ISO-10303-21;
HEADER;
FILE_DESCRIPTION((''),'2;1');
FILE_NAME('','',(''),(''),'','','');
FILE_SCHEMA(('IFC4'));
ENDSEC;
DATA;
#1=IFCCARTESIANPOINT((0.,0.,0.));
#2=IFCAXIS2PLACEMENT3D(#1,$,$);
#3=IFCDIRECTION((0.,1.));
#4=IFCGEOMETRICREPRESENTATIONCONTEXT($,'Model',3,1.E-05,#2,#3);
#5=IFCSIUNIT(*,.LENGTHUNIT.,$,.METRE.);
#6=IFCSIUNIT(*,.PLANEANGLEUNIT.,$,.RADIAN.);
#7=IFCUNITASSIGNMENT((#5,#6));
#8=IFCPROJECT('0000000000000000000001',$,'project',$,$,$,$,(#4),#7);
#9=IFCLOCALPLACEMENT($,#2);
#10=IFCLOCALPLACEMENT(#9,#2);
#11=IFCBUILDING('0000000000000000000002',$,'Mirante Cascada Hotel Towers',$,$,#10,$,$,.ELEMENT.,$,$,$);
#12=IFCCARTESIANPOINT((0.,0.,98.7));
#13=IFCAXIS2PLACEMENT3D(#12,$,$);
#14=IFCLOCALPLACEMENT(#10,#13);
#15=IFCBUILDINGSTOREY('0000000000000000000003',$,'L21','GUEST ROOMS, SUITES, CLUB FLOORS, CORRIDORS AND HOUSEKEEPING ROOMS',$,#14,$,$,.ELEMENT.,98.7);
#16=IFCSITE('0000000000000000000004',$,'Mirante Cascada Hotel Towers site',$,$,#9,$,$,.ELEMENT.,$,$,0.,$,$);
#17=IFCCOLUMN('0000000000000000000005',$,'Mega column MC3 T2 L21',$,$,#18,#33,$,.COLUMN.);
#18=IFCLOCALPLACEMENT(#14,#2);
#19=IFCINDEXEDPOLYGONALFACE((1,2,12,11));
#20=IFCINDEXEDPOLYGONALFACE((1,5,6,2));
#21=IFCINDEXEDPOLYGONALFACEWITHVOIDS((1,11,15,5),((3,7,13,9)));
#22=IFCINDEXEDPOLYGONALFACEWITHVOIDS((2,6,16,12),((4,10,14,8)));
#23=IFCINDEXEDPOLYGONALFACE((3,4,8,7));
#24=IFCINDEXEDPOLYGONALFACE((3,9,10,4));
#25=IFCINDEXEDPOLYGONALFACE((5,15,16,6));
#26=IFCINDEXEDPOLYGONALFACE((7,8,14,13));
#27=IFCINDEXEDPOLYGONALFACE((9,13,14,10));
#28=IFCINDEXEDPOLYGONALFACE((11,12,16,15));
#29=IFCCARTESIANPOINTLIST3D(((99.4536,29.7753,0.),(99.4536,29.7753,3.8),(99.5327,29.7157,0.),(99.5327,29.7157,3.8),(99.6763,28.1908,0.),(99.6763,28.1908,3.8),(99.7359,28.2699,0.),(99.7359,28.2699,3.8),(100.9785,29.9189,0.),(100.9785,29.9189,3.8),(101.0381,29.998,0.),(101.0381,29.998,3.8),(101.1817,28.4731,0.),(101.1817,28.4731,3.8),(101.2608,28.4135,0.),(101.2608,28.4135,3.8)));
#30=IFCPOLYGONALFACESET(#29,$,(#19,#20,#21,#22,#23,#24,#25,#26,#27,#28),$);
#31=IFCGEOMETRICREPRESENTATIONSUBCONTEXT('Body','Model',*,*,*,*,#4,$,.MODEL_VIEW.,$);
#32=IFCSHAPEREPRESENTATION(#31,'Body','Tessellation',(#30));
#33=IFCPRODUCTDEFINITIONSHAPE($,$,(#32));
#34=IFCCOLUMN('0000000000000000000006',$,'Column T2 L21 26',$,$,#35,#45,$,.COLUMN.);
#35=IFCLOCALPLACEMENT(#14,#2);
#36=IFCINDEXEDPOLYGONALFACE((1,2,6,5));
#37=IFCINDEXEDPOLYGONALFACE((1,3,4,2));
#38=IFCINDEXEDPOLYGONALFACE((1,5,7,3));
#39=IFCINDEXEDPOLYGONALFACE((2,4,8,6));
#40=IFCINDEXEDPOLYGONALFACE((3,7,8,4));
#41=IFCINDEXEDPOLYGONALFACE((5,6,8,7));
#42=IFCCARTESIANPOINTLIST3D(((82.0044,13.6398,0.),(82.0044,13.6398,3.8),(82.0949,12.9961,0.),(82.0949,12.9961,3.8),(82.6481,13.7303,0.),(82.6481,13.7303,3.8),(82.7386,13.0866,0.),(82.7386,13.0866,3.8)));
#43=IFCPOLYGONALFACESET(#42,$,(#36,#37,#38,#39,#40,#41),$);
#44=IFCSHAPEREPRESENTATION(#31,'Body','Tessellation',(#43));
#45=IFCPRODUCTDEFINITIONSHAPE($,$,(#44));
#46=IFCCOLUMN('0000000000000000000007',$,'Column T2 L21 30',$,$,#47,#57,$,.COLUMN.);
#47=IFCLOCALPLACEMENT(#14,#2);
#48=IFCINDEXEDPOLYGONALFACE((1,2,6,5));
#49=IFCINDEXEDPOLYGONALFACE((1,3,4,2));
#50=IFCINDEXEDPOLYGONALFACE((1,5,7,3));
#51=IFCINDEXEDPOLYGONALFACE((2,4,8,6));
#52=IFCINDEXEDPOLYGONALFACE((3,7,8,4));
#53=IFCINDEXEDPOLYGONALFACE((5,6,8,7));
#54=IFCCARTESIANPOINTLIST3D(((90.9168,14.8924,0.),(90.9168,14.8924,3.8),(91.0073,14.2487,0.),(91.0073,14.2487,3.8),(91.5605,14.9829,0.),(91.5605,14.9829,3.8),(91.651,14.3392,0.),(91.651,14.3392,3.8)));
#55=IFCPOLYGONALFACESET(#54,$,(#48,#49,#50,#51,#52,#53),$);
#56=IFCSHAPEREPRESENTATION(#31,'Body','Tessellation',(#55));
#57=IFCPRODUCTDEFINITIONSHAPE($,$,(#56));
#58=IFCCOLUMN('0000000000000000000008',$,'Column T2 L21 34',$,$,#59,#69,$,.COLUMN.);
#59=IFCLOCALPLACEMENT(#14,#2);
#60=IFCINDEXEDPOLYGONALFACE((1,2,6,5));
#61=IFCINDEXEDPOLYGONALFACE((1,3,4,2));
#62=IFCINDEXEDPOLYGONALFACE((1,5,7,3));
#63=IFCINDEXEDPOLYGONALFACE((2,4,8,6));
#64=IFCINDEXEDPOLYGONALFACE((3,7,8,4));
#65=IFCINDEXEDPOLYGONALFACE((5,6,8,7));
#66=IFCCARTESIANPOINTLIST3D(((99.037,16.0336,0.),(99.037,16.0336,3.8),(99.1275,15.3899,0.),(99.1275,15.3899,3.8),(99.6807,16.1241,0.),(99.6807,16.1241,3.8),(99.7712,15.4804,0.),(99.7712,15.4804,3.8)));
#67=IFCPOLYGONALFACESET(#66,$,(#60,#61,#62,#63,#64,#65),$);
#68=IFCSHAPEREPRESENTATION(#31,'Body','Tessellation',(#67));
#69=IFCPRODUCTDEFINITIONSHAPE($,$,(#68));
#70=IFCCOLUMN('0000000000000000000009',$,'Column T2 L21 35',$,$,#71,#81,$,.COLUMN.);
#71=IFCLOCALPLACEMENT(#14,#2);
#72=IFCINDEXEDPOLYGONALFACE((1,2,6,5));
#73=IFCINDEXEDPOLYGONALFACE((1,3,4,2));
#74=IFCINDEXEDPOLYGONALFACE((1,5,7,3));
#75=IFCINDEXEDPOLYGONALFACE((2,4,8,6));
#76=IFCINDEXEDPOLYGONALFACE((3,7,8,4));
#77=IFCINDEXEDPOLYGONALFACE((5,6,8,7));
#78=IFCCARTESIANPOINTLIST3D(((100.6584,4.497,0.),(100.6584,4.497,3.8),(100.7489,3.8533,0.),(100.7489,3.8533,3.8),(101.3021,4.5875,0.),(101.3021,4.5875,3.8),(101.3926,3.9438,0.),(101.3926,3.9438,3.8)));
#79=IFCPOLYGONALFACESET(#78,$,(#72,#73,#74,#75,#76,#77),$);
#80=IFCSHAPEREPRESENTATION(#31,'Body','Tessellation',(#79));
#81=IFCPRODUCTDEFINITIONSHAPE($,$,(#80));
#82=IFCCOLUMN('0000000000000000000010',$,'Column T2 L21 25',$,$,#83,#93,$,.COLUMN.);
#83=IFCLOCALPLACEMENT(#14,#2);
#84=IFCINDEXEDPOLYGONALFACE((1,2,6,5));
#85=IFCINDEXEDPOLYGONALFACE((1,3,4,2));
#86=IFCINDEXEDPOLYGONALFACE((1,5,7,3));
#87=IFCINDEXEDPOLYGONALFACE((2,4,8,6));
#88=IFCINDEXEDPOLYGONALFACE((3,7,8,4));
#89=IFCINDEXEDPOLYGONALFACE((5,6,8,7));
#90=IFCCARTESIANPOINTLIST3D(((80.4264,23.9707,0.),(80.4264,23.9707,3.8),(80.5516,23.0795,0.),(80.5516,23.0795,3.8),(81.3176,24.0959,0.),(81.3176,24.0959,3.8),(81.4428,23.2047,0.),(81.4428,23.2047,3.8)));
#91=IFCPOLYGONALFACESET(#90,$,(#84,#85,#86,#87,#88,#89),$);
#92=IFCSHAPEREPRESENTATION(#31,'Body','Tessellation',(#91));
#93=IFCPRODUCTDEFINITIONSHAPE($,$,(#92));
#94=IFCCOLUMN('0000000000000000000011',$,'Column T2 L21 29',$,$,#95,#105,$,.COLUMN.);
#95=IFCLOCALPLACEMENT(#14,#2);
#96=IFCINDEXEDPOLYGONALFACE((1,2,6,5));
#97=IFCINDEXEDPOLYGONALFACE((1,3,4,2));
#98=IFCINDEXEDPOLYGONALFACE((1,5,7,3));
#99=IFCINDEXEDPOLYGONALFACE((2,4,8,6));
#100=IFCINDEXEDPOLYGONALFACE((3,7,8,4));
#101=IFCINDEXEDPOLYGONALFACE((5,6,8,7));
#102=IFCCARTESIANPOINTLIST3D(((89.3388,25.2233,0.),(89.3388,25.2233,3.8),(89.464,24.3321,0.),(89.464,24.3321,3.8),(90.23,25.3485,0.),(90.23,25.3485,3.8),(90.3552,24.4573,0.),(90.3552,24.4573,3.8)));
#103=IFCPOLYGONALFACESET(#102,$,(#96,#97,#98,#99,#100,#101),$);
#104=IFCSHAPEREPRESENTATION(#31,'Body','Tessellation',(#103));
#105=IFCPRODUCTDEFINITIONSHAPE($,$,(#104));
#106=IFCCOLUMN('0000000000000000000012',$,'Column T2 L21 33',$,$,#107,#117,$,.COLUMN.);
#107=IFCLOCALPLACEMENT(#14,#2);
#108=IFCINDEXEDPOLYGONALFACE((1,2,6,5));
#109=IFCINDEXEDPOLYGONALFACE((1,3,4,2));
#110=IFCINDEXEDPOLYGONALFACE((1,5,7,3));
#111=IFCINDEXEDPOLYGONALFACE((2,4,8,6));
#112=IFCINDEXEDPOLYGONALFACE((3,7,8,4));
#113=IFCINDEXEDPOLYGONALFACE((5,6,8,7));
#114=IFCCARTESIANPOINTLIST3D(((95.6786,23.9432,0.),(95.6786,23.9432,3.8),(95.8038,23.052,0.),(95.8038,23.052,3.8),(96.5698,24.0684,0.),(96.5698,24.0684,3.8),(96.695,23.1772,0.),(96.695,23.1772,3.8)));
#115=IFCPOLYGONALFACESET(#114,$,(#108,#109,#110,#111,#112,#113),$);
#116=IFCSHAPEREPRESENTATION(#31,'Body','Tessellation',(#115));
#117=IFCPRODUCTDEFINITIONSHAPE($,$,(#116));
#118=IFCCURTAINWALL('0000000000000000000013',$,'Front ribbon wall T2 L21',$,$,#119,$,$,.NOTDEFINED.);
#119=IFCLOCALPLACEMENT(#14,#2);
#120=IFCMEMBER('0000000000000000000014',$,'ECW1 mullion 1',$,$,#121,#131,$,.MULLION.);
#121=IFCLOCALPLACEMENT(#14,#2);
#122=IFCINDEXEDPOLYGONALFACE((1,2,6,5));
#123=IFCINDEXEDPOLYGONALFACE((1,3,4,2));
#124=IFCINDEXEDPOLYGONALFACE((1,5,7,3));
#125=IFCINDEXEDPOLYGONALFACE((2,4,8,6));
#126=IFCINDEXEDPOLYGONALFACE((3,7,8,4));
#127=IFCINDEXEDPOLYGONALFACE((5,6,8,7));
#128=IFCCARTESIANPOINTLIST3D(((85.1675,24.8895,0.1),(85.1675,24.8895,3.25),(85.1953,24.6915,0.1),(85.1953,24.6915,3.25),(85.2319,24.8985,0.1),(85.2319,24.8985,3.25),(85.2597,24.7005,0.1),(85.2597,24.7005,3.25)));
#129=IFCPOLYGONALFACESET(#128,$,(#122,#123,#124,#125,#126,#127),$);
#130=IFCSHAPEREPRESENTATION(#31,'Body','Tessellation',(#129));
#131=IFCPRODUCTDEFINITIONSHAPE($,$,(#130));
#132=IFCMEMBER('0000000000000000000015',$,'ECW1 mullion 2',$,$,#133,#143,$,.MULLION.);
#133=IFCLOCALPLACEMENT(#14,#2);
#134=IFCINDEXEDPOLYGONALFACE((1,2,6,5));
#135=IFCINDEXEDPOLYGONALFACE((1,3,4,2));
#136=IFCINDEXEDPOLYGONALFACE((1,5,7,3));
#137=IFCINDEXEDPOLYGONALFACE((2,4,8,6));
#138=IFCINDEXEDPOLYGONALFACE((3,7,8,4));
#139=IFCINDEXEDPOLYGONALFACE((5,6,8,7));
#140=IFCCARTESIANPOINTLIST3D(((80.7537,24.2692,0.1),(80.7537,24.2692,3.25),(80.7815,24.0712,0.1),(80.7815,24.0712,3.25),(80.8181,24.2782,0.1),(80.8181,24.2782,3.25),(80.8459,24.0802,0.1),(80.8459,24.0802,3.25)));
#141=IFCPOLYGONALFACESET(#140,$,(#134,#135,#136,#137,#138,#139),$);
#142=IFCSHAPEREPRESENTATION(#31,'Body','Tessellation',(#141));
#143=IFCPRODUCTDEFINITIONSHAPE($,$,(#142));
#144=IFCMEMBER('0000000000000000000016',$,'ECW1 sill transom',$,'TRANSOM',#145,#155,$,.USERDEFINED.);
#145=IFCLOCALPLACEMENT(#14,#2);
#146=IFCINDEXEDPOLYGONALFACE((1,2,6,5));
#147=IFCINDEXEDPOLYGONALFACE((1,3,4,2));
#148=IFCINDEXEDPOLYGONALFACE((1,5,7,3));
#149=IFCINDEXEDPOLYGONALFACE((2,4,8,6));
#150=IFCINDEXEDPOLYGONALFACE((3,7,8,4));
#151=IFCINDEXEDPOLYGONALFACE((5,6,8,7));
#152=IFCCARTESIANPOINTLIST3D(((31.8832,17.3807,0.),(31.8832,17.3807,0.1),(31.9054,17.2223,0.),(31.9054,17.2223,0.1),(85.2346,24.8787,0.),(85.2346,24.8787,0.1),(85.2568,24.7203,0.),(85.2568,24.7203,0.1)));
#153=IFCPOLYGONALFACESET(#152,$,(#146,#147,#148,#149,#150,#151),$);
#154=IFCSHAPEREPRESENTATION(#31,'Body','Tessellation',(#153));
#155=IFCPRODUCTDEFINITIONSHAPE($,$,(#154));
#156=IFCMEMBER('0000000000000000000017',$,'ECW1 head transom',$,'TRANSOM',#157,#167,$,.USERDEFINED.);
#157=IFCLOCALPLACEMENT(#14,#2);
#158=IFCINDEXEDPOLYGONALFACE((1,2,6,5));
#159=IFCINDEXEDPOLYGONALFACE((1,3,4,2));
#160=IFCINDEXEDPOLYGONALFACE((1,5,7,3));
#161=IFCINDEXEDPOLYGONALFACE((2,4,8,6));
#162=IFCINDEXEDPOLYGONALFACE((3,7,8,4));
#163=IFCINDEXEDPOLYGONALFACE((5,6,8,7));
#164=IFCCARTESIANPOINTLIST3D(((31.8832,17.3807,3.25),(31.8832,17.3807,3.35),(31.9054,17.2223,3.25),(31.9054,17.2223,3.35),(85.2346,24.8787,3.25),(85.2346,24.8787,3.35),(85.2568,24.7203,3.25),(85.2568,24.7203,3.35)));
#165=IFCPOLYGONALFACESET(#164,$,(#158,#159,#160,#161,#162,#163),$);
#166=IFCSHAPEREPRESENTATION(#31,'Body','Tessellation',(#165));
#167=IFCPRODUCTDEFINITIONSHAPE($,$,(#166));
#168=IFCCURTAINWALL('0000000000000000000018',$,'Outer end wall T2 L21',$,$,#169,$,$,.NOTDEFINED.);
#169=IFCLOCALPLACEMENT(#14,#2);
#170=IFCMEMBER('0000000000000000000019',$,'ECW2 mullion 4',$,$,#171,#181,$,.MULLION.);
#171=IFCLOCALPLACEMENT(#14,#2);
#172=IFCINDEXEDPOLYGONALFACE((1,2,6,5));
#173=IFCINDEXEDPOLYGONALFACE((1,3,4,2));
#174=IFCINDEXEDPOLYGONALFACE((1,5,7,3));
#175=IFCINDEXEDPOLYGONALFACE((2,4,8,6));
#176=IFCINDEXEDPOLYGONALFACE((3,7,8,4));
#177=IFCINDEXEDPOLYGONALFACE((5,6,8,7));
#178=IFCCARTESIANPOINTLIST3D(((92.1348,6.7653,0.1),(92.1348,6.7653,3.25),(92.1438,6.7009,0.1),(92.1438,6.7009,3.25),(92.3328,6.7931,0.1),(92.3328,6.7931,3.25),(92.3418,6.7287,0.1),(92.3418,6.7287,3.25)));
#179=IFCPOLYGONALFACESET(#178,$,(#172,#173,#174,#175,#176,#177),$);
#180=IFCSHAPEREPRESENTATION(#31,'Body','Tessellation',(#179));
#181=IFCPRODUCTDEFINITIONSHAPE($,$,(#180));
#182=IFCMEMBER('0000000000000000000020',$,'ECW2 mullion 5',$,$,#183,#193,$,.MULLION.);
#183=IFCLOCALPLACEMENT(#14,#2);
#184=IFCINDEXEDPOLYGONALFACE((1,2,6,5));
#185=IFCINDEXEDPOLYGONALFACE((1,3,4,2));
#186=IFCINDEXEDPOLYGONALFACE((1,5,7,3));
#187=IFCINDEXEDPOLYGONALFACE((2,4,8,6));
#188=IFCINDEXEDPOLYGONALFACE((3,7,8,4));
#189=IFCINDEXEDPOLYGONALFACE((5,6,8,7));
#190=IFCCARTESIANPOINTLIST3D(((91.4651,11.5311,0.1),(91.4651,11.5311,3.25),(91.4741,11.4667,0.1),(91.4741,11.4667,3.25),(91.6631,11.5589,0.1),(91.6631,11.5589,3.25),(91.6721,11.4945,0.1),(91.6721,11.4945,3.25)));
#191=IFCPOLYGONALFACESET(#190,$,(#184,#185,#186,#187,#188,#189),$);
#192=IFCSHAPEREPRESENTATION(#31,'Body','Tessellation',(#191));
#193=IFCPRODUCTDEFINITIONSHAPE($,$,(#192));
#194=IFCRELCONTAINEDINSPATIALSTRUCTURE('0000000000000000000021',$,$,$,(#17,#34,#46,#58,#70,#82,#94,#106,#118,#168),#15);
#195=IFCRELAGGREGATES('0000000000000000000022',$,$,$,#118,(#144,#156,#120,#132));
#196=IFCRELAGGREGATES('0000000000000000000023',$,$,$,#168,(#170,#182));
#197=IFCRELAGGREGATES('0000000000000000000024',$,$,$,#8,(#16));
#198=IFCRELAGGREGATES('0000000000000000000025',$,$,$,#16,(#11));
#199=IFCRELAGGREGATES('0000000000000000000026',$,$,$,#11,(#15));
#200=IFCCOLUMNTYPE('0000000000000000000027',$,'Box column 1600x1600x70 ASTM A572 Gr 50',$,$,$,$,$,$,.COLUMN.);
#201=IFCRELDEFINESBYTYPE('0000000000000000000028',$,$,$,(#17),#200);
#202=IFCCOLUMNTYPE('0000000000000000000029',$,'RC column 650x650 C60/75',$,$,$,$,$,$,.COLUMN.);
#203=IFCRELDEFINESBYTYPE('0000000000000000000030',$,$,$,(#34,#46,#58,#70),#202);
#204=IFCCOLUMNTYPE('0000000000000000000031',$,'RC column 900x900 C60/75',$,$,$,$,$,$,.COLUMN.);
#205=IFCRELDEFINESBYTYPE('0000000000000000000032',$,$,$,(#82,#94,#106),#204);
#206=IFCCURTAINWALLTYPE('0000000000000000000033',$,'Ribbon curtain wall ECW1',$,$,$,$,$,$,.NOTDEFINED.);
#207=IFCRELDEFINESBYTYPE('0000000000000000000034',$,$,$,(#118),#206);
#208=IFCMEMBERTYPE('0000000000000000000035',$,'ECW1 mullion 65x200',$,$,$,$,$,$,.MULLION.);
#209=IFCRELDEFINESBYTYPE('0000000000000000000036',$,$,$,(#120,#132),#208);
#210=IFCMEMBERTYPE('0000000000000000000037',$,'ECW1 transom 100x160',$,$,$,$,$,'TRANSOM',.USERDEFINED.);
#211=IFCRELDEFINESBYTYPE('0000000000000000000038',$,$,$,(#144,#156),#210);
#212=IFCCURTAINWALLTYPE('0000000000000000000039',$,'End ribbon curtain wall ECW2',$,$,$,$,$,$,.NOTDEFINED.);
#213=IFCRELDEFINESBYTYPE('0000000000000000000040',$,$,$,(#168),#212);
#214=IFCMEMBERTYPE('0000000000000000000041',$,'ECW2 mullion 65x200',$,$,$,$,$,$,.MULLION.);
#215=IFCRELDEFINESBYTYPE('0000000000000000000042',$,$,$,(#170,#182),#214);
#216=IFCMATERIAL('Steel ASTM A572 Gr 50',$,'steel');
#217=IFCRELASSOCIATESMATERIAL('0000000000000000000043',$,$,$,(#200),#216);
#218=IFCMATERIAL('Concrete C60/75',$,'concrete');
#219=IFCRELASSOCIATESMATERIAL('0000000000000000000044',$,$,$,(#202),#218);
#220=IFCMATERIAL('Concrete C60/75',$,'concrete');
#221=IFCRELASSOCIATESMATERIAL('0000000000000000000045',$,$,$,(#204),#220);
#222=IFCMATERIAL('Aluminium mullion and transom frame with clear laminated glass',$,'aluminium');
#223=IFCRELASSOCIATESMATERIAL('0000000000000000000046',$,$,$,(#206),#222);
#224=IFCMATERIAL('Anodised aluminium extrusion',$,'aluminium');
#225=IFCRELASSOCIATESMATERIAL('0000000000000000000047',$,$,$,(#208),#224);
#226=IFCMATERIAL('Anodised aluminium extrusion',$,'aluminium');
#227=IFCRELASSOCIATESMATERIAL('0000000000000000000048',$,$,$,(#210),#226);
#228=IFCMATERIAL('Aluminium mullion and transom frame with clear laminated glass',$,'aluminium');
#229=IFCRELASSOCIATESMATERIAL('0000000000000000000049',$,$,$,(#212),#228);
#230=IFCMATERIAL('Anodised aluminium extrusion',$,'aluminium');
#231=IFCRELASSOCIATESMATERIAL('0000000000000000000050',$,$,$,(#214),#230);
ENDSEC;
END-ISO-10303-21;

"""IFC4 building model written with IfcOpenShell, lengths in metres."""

from ifc_helpers import new_model, si_unit, direction, frame, origin, origin_2d, place, context, subcontext, project, spatial, rectangle, hollow_rectangle, extrude, material, material_profile, profile_set, type_object, element, aggregate, save


model = new_model("IFC4")

# Units and contexts
model_context = context("Model", 3, precision=1e-05, world=origin(), true_north=direction((0.0, 1.0)))
body_context = subcontext(model_context, "Body", "Model", "MODEL_VIEW")
ifc_project = project(units=[si_unit("LENGTHUNIT", "METRE"), si_unit("PLANEANGLEUNIT", "RADIAN")], contexts=[model_context])

# Site, building, storey
site_placement = place(None, origin())
site = spatial("IfcSite", under=ifc_project, at=site_placement, Name="Mirante Cascada Hotel Towers site", CompositionType="ELEMENT", RefElevation=0.0)
building_placement = place(site_placement, origin())
building = spatial("IfcBuilding", under=site, at=building_placement, Name="Mirante Cascada Hotel Towers", CompositionType="ELEMENT")
storey_placement = place(building_placement, frame((0.0, 0.0, 98.7)))
storey = spatial("IfcBuildingStorey", under=building, at=storey_placement, Name="L21", Description="GUEST ROOMS, SUITES, CLUB FLOORS, CORRIDORS AND HOUSEKEEPING ROOMS", CompositionType="ELEMENT", Elevation=98.7)

# Columns
ifc_material_1 = material(Name="Steel ASTM A572 Gr 50", Category="steel")
ifc_material_profile_1 = material_profile(ifc_material_1, hollow_rectangle(XDim=1.6, YDim=1.6, WallThickness=0.07, at=origin_2d()), Name="Box column 1600x1600x70 ASTM A572 Gr 50")
ifc_profile_set_1 = profile_set([ifc_material_profile_1], Name="Steel ASTM A572 Gr 50")
column_type_1 = type_object("IfcColumnType", Name="Box column 1600x1600x70 ASTM A572 Gr 50", PredefinedType="COLUMN", material=ifc_profile_set_1)
column_placement = place(storey_placement, frame((100.3572, 29.0944, 0.0), z_axis=(0.0, 0.0, 1.0), x_axis=(0.990268, 0.139173, 0.0)))
element("IfcColumn", 1, at=column_placement, inside=storey, type_object=column_type_1, Name="Mega column MC3 T2 L21", PredefinedType="COLUMN", context=body_context, shape_type="SweptSolid", body=[
    extrude(hollow_rectangle(XDim=1.6, YDim=1.6, WallThickness=0.07, at=origin_2d()), origin(), (0.0, 0.0, 1.0), 3.8),
])
ifc_material_2 = material(Name="Concrete C60/75", Category="concrete")
ifc_material_profile_2 = material_profile(ifc_material_2, rectangle(XDim=0.65, YDim=0.65, at=origin_2d()), Name="RC column 650x650 C60/75")
ifc_profile_set_2 = profile_set([ifc_material_profile_2], Name="Concrete C60/75")
column_type_2 = type_object("IfcColumnType", Name="RC column 650x650 C60/75", PredefinedType="COLUMN", material=ifc_profile_set_2)
for number, where, z_axis, x_axis, name in (
    (2, (82.3715, 13.3632, 0.0), (0.0, 0.0, 1.0), (0.990268, 0.139173, 0.0), "Column T2 L21 26"),
    (3, (91.2839, 14.6158, 0.0), (0.0, 0.0, 1.0), (0.990268, 0.139173, 0.0), "Column T2 L21 30"),
    (4, (99.4041, 15.757, 0.0), (0.0, 0.0, 1.0), (0.990268, 0.139173, 0.0), "Column T2 L21 34"),
    (5, (101.0255, 4.2204, 0.0), (0.0, 0.0, 1.0), (0.990268, 0.139173, 0.0), "Column T2 L21 35"),
):
    element("IfcColumn", number, at=place(storey_placement, frame(where, z_axis=z_axis, x_axis=x_axis)), inside=storey, type_object=column_type_2, Name=name, PredefinedType="COLUMN", context=body_context, shape_type="SweptSolid", body=[
        extrude(rectangle(XDim=0.65, YDim=0.65, at=origin_2d()), origin(), (0.0, 0.0, 1.0), 3.8),
    ])
ifc_material_3 = material(Name="Concrete C60/75", Category="concrete")
ifc_material_profile_3 = material_profile(ifc_material_3, rectangle(XDim=0.9, YDim=0.9, at=origin_2d()), Name="RC column 900x900 C60/75")
ifc_profile_set_3 = profile_set([ifc_material_profile_3], Name="Concrete C60/75")
column_type_3 = type_object("IfcColumnType", Name="RC column 900x900 C60/75", PredefinedType="COLUMN", material=ifc_profile_set_3)
for number, where, z_axis, x_axis, name in (
    (6, (80.9346, 23.5877, 0.0), (0.0, 0.0, 1.0), (0.990268, 0.139173, 0.0), "Column T2 L21 25"),
    (7, (89.847, 24.8403, 0.0), (0.0, 0.0, 1.0), (0.990268, 0.139173, 0.0), "Column T2 L21 29"),
    (8, (96.1868, 23.5602, 0.0), (0.0, 0.0, 1.0), (0.990268, 0.139173, 0.0), "Column T2 L21 33"),
):
    element("IfcColumn", number, at=place(storey_placement, frame(where, z_axis=z_axis, x_axis=x_axis)), inside=storey, type_object=column_type_3, Name=name, PredefinedType="COLUMN", context=body_context, shape_type="SweptSolid", body=[
        extrude(rectangle(XDim=0.9, YDim=0.9, at=origin_2d()), origin(), (0.0, 0.0, 1.0), 3.8),
    ])

# Curtain walls, members
ifc_material_4 = material(Name="Aluminium mullion and transom frame with clear laminated glass", Category="aluminium")
curtain_wall_type_1 = type_object("IfcCurtainWallType", Name="Ribbon curtain wall ECW1", PredefinedType="NOTDEFINED", material=ifc_material_4)
curtain_wall_1_placement = place(storey_placement, origin())
curtain_wall_1 = element("IfcCurtainWall", 9, at=curtain_wall_1_placement, inside=storey, type_object=curtain_wall_type_1, Name="Front ribbon wall T2 L21", PredefinedType="NOTDEFINED")
ifc_material_5 = material(Name="Anodised aluminium extrusion", Category="aluminium")
ifc_material_profile_4 = material_profile(ifc_material_5, rectangle(XDim=0.2, YDim=0.065, at=origin_2d()), Name="ECW1 MULLION 65x200")
ifc_profile_set_4 = profile_set([ifc_material_profile_4], Name="Anodised aluminium extrusion")
member_type_1 = type_object("IfcMemberType", Name="ECW1 mullion 65x200", PredefinedType="MULLION", material=ifc_profile_set_4)
member_1_placement = place(storey_placement, frame((85.2136, 24.795, 0.1), z_axis=(0.0, 0.0, 1.0), x_axis=(0.139173, -0.990268, 0.0)))
member_1 = element("IfcMember", 10, at=member_1_placement, type_object=member_type_1, Name="ECW1 mullion 1", PredefinedType="MULLION", context=body_context, shape_type="SweptSolid", body=[
    extrude(rectangle(XDim=0.2, YDim=0.065, at=origin_2d()), origin(), (0.0, 0.0, 1.0), 3.15),
])
member_2_placement = place(storey_placement, frame((80.7998, 24.1747, 0.1), z_axis=(0.0, 0.0, 1.0), x_axis=(0.139173, -0.990268, 0.0)))
member_2 = element("IfcMember", 11, at=member_2_placement, type_object=member_type_1, Name="ECW1 mullion 2", PredefinedType="MULLION", context=body_context, shape_type="SweptSolid", body=[
    extrude(rectangle(XDim=0.2, YDim=0.065, at=origin_2d()), origin(), (0.0, 0.0, 1.0), 3.15),
])
ifc_material_6 = material(Name="Anodised aluminium extrusion", Category="aluminium")
ifc_material_profile_5 = material_profile(ifc_material_6, rectangle(XDim=0.16, YDim=0.1, at=origin_2d()), Name="ECW1 TRANSOM 100x160")
ifc_profile_set_5 = profile_set([ifc_material_profile_5], Name="Anodised aluminium extrusion")
member_type_2 = type_object("IfcMemberType", Name="ECW1 transom 100x160", ElementType="TRANSOM", PredefinedType="USERDEFINED", material=ifc_profile_set_5)
member_3_placement = place(storey_placement, frame((85.2457, 24.7995, 0.05), z_axis=(-0.990268, -0.139172, 0.0), x_axis=(0.139172, -0.990268, 0.0)))
member_3 = element("IfcMember", 12, at=member_3_placement, type_object=member_type_2, Name="ECW1 sill transom", ObjectType="TRANSOM", PredefinedType="USERDEFINED", context=body_context, shape_type="SweptSolid", body=[
    extrude(rectangle(XDim=0.16, YDim=0.1, at=origin_2d()), origin(), (0.0, 0.0, 1.0), 53.8757),
])
member_4_placement = place(storey_placement, frame((85.2457, 24.7995, 3.3), z_axis=(-0.990268, -0.139172, 0.0), x_axis=(0.139172, -0.990268, 0.0)))
member_4 = element("IfcMember", 13, at=member_4_placement, type_object=member_type_2, Name="ECW1 head transom", ObjectType="TRANSOM", PredefinedType="USERDEFINED", context=body_context, shape_type="SweptSolid", body=[
    extrude(rectangle(XDim=0.16, YDim=0.1, at=origin_2d()), origin(), (0.0, 0.0, 1.0), 53.8757),
])
ifc_material_7 = material(Name="Aluminium mullion and transom frame with clear laminated glass", Category="aluminium")
curtain_wall_type_2 = type_object("IfcCurtainWallType", Name="End ribbon curtain wall ECW2", PredefinedType="NOTDEFINED", material=ifc_material_7)
curtain_wall_2_placement = place(storey_placement, origin())
curtain_wall_2 = element("IfcCurtainWall", 14, at=curtain_wall_2_placement, inside=storey, type_object=curtain_wall_type_2, Name="Outer end wall T2 L21", PredefinedType="NOTDEFINED")
ifc_material_8 = material(Name="Anodised aluminium extrusion", Category="aluminium")
ifc_material_profile_6 = material_profile(ifc_material_8, rectangle(XDim=0.2, YDim=0.065, at=origin_2d()), Name="ECW2 MULLION 65x200")
ifc_profile_set_6 = profile_set([ifc_material_profile_6], Name="Anodised aluminium extrusion")
member_type_3 = type_object("IfcMemberType", Name="ECW2 mullion 65x200", PredefinedType="MULLION", material=ifc_profile_set_6)
member_5_placement = place(storey_placement, frame((92.2383, 6.747, 0.1), z_axis=(0.0, 0.0, 1.0), x_axis=(-0.990268, -0.139173, 0.0)))
member_5 = element("IfcMember", 15, at=member_5_placement, type_object=member_type_3, Name="ECW2 mullion 4", PredefinedType="MULLION", context=body_context, shape_type="SweptSolid", body=[
    extrude(rectangle(XDim=0.2, YDim=0.065, at=origin_2d()), origin(), (0.0, 0.0, 1.0), 3.15),
])
member_6_placement = place(storey_placement, frame((91.5686, 11.5128, 0.1), z_axis=(0.0, 0.0, 1.0), x_axis=(-0.990268, -0.139173, 0.0)))
member_6 = element("IfcMember", 16, at=member_6_placement, type_object=member_type_3, Name="ECW2 mullion 5", PredefinedType="MULLION", context=body_context, shape_type="SweptSolid", body=[
    extrude(rectangle(XDim=0.2, YDim=0.065, at=origin_2d()), origin(), (0.0, 0.0, 1.0), 3.15),
])

aggregate(curtain_wall_1, [member_3, member_4, member_1, member_2])
aggregate(curtain_wall_2, [member_5, member_6])

save(model, "model.ifc")
